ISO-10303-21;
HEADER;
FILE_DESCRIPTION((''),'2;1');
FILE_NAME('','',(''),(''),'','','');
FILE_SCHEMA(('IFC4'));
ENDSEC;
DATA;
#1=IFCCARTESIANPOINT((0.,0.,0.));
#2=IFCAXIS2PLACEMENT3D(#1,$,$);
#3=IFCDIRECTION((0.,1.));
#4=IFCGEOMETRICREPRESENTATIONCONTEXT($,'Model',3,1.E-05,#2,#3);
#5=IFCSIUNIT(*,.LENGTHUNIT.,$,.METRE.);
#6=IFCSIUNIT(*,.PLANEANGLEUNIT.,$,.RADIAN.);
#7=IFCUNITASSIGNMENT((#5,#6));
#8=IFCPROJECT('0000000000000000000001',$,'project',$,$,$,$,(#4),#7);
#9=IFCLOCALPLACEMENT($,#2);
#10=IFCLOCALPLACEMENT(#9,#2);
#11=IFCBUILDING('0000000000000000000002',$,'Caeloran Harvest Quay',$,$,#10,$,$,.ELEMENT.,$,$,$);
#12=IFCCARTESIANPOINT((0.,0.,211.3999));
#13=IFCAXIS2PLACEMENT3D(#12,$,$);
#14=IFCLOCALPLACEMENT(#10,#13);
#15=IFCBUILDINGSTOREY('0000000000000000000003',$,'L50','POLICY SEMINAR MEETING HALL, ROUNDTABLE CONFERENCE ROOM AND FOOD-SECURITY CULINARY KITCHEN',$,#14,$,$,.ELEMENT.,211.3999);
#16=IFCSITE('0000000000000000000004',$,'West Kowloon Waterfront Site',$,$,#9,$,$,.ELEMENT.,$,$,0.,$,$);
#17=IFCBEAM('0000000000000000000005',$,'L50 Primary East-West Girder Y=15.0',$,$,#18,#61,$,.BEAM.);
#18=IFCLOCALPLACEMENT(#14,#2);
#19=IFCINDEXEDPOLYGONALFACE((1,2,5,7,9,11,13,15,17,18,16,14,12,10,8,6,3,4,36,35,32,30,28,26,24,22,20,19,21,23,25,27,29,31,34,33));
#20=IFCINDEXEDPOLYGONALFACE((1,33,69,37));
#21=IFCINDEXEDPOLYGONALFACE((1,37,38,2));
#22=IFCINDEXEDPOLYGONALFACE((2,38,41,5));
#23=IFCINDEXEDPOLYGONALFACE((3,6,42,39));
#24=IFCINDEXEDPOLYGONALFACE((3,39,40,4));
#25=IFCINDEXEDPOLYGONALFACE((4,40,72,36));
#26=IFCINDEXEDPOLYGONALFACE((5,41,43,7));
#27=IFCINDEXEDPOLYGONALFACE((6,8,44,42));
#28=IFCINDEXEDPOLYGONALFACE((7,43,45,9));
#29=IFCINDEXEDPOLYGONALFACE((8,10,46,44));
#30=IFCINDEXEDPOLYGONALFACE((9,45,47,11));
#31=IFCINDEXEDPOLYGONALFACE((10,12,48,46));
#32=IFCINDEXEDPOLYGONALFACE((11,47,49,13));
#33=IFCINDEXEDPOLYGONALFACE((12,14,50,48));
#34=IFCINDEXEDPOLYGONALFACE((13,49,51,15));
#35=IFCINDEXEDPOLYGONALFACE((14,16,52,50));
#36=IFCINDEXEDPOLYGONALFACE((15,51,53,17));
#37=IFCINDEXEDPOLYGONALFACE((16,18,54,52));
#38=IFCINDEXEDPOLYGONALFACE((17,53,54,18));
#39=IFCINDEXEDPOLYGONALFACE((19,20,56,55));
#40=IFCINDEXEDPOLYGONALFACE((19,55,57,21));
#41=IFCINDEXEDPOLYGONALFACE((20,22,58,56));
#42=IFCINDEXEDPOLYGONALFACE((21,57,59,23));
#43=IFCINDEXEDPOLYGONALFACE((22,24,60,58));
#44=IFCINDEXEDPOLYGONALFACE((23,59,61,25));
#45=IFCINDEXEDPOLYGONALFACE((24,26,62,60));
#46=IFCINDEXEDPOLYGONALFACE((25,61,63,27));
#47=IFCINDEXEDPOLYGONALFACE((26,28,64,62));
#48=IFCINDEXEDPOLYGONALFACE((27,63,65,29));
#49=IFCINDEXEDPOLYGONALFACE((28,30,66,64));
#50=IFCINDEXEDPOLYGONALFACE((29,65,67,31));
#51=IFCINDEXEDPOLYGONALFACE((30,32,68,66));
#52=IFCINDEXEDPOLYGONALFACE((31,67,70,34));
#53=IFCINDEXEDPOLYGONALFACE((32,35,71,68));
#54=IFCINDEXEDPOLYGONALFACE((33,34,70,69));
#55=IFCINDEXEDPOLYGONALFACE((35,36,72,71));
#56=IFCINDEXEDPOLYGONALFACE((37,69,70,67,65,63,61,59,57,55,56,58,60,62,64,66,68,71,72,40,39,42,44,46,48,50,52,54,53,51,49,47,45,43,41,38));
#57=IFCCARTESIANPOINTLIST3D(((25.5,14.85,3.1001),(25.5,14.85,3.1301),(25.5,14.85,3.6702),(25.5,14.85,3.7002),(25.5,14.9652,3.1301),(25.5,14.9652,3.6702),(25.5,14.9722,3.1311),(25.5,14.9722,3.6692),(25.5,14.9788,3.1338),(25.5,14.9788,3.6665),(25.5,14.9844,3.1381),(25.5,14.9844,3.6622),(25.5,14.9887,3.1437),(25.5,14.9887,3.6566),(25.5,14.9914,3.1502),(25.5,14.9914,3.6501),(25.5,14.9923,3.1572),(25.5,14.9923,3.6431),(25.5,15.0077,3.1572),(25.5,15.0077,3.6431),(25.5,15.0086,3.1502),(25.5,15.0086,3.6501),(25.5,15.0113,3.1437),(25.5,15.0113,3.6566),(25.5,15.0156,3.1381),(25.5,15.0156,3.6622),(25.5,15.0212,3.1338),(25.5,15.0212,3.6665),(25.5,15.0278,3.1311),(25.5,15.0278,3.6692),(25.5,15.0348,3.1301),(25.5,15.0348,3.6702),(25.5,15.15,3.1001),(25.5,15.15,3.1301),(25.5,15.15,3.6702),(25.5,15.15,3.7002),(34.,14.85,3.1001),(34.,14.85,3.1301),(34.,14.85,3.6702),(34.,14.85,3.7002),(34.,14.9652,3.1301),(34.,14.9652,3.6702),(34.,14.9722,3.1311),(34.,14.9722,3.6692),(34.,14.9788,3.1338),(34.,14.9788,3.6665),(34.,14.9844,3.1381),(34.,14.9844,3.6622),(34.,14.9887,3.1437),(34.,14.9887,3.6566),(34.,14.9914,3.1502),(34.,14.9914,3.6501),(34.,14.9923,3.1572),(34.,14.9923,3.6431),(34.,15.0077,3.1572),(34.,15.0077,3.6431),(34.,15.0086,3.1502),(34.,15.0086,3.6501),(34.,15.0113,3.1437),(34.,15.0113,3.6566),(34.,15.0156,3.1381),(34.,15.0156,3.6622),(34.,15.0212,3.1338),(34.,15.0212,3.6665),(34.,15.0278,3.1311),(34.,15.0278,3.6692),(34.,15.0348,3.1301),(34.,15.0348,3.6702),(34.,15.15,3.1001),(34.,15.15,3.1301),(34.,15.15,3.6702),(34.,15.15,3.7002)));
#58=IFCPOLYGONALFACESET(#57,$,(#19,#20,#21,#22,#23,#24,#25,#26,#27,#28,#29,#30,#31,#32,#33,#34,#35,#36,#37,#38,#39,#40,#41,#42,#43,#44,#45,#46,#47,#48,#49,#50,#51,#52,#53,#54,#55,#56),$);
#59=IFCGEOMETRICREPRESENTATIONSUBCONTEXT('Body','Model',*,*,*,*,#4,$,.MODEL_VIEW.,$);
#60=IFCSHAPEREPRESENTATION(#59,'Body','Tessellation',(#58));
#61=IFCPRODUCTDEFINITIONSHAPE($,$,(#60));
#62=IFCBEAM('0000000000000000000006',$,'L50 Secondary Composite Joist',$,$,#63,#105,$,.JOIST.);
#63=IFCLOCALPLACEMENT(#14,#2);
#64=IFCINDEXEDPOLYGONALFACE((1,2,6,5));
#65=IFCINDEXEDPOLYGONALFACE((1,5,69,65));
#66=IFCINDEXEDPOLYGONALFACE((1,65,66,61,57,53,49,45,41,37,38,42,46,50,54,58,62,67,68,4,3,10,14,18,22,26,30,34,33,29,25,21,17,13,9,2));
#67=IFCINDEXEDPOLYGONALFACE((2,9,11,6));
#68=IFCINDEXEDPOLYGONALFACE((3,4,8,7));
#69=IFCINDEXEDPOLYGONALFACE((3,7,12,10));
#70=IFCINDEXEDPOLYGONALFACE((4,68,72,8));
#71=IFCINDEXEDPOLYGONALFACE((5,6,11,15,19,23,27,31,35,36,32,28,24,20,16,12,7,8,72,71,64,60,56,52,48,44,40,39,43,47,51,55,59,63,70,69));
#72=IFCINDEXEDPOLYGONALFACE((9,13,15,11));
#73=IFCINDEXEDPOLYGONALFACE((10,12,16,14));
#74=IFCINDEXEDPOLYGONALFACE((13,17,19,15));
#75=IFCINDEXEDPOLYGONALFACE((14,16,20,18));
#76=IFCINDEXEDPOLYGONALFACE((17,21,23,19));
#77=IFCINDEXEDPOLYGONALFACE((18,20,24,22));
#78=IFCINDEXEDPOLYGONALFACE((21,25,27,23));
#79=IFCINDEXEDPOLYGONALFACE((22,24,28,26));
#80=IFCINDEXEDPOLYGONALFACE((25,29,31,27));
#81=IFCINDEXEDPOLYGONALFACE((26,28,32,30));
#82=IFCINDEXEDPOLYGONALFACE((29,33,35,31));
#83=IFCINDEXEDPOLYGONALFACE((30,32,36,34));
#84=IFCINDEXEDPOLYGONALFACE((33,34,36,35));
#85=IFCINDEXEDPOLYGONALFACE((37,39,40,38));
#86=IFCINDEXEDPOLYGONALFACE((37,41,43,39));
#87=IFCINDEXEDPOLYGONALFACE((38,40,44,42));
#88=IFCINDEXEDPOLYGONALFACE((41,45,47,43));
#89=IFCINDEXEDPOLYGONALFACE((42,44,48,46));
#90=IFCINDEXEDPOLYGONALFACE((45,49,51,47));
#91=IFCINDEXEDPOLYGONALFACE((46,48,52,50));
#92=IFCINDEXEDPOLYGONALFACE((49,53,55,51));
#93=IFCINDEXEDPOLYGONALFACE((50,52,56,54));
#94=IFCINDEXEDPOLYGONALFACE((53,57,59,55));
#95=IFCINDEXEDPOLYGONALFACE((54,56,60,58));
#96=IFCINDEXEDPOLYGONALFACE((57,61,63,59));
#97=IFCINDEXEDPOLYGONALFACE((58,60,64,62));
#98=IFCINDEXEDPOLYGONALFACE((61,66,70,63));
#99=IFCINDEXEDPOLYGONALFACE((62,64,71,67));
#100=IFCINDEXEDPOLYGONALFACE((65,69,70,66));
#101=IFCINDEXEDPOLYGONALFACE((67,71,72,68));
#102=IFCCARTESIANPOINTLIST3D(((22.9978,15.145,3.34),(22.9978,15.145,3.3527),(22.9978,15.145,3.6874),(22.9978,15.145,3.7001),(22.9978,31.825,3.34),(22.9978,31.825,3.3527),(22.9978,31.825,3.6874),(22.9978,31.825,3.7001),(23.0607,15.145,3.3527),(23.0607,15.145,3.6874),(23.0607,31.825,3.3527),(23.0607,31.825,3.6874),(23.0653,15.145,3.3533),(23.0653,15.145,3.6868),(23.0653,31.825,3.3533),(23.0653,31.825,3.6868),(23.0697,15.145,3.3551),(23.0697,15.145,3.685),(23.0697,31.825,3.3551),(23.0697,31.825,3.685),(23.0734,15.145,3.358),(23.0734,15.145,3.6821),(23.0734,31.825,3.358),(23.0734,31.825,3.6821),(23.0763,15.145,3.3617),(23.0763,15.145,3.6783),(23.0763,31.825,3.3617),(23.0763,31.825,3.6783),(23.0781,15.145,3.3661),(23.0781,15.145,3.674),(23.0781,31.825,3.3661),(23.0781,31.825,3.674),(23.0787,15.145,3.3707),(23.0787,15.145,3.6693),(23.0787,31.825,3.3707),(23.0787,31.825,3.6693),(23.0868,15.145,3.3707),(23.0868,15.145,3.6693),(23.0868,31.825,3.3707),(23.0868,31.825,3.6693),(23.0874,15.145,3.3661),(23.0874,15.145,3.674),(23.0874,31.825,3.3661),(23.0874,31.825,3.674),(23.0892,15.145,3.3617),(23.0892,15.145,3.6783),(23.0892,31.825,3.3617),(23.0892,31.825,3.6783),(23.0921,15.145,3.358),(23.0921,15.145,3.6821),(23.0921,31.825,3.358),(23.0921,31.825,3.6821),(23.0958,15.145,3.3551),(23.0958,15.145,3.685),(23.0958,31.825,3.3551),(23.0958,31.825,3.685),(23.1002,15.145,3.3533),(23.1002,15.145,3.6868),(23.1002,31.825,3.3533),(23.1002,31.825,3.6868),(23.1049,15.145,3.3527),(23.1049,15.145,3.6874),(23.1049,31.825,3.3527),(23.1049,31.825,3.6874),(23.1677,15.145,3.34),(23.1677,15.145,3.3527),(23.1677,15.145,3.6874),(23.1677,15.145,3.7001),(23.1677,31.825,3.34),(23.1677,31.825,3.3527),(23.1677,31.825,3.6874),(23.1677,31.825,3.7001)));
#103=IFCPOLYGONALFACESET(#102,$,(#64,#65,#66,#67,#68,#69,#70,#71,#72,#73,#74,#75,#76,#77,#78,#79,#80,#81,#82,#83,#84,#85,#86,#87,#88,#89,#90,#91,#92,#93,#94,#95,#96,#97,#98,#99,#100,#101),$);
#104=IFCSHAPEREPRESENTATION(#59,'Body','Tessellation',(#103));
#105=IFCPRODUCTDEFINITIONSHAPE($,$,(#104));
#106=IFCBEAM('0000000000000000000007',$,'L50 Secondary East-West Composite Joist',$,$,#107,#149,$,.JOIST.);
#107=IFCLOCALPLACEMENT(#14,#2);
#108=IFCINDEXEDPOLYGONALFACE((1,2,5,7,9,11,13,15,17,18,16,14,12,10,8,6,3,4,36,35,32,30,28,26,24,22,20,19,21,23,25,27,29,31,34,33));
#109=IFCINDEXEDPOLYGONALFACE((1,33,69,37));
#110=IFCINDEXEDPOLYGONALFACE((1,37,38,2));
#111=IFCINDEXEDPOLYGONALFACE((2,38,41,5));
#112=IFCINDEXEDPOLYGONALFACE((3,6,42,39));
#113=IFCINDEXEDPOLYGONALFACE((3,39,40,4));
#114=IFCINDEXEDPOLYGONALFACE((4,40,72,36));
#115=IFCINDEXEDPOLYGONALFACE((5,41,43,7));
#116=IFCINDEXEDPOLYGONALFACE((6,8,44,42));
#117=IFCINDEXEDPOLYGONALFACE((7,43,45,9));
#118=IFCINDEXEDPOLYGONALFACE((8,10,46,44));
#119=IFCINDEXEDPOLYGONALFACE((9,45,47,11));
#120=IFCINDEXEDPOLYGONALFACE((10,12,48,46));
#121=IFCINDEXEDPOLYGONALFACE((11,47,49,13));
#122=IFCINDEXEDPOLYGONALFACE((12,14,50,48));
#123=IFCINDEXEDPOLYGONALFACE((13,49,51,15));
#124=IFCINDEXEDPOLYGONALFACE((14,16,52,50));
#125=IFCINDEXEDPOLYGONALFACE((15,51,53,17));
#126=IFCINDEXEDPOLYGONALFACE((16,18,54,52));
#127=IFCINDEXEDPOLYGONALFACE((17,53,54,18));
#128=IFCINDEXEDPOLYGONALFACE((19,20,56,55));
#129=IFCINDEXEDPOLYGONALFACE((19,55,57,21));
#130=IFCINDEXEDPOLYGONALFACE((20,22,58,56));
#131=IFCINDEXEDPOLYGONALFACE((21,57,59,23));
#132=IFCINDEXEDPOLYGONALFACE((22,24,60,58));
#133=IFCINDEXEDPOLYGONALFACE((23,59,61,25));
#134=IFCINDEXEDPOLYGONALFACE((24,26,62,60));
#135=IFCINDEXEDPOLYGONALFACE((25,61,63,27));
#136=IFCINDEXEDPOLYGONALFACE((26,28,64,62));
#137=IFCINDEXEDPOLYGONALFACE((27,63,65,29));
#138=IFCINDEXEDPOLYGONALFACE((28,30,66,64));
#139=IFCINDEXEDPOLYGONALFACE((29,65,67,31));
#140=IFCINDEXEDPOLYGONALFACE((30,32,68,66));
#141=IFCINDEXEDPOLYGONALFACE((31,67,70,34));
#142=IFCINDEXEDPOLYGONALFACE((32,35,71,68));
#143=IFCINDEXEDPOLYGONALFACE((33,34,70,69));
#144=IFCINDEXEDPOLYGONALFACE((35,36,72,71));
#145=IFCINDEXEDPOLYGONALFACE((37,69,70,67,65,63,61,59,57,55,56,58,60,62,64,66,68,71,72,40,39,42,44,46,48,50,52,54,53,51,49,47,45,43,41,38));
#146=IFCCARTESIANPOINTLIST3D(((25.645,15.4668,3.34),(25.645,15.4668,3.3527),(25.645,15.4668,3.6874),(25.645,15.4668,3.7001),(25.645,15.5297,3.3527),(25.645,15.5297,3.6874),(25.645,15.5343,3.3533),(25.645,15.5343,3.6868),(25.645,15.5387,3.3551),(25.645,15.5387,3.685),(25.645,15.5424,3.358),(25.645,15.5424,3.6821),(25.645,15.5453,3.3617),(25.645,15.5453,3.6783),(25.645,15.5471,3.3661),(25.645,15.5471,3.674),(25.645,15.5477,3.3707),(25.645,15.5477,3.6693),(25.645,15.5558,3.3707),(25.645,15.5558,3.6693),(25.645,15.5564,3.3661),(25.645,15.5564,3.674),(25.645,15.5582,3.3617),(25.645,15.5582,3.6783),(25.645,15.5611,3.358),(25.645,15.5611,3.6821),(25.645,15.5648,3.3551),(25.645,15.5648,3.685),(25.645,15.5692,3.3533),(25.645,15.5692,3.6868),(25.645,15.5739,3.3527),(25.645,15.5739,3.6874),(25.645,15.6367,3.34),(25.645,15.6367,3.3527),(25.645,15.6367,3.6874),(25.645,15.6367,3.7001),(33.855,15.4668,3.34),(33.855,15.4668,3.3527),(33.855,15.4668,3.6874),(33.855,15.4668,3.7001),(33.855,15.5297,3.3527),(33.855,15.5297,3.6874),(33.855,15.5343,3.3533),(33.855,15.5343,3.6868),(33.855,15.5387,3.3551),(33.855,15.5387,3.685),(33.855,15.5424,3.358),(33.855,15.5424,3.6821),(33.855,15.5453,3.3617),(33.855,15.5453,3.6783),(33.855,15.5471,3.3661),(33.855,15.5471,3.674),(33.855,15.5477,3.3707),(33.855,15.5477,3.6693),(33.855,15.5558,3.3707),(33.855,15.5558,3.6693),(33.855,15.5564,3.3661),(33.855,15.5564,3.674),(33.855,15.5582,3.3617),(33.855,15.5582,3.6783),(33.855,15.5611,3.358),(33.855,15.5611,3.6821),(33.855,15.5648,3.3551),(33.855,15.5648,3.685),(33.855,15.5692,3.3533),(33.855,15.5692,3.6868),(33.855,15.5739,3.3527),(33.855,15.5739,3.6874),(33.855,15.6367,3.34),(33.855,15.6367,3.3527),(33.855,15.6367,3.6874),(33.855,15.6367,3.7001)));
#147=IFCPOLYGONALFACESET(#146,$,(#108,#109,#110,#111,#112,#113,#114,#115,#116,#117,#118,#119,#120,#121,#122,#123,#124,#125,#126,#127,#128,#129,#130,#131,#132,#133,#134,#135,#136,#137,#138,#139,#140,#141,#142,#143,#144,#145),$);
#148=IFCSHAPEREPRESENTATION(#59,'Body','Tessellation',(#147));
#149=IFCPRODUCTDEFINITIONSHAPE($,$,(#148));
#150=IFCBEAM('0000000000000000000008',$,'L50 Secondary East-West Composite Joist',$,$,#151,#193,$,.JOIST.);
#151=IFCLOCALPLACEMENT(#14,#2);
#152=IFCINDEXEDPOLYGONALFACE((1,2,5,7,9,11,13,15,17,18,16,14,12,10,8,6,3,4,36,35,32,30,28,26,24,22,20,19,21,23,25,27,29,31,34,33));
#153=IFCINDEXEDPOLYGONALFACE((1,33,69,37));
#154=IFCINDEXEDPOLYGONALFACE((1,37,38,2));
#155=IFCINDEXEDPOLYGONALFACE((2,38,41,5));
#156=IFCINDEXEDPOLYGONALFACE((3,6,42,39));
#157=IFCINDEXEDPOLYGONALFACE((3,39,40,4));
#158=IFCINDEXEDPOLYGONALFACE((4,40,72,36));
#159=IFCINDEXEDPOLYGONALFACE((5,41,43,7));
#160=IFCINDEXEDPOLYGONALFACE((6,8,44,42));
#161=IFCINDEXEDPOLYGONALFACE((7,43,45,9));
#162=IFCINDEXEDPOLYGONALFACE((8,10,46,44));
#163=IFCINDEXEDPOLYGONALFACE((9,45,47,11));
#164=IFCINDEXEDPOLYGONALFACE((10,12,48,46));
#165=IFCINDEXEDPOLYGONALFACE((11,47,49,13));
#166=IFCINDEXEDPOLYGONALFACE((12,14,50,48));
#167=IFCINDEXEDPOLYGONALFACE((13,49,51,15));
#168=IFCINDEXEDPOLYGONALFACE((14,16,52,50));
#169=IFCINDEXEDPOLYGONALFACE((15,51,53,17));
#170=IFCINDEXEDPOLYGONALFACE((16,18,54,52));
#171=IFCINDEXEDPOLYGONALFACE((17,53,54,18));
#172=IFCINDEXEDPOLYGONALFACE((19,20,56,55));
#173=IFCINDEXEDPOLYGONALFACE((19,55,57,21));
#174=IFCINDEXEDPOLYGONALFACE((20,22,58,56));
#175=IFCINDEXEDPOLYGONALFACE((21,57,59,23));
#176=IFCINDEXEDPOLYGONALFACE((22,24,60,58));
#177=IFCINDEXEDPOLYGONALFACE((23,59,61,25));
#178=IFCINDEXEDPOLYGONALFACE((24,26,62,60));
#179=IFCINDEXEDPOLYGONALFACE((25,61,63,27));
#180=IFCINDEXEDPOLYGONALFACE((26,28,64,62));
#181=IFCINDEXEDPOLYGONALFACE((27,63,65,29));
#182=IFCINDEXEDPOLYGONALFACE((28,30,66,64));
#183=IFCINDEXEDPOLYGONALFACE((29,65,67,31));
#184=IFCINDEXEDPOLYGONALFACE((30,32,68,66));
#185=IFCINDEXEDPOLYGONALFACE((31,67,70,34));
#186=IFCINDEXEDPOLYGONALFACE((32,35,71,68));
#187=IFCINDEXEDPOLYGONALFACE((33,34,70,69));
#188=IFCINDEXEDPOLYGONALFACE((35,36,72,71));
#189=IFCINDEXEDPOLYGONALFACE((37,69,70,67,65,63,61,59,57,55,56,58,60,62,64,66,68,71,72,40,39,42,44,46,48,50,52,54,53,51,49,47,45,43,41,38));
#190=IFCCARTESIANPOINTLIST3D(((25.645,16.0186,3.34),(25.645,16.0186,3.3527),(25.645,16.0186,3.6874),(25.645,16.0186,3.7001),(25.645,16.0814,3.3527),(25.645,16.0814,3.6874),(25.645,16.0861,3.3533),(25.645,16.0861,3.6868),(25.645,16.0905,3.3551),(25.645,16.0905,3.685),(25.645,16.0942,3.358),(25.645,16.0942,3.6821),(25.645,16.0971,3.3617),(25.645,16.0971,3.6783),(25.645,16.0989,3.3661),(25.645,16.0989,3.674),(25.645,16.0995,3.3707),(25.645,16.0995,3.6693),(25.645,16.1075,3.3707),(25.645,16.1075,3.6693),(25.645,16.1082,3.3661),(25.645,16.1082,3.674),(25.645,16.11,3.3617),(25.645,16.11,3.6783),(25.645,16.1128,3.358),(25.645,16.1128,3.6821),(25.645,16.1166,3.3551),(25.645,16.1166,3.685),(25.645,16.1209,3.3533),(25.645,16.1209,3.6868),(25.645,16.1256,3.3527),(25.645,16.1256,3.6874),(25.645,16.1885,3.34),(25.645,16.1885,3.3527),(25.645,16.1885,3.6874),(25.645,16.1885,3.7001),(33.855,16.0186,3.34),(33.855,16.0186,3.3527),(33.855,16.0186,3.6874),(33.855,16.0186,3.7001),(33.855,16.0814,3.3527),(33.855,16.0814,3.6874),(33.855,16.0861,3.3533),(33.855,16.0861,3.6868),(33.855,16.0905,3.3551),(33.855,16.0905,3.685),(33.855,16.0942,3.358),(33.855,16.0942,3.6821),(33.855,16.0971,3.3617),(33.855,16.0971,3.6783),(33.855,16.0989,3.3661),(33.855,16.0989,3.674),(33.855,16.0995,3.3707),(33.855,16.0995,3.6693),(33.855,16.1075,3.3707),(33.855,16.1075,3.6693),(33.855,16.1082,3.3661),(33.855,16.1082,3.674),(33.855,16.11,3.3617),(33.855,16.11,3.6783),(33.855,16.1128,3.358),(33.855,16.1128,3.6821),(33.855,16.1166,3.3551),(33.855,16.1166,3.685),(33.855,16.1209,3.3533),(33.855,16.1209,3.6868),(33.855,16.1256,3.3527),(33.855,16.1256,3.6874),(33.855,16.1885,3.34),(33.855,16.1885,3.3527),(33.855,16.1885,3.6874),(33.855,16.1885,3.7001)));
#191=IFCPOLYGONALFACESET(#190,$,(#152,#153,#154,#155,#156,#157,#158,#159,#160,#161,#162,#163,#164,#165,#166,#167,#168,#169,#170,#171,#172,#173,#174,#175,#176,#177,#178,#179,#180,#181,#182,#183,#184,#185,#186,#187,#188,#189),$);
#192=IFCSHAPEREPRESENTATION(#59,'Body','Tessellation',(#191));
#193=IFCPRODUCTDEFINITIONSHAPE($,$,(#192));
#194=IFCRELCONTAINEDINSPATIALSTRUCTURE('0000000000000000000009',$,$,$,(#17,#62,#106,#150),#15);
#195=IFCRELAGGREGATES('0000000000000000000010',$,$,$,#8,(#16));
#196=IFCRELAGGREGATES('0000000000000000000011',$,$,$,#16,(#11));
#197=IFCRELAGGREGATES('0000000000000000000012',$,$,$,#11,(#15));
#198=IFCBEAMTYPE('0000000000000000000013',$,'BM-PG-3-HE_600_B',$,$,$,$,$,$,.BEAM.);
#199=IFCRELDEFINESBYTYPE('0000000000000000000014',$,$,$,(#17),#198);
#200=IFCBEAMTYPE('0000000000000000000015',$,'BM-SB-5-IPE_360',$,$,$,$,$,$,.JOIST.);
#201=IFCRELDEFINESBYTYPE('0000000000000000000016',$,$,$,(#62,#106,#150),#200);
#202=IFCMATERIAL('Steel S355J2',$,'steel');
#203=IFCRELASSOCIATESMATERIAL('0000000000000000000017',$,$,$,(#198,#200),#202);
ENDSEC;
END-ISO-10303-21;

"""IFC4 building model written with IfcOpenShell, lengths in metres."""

from ifc_helpers import new_model, si_unit, direction, frame, origin, origin_2d, place, context, subcontext, project, spatial, i_section, extrude, material, material_profile, profile_set, type_object, element, save


model = new_model("IFC4")

# Units and contexts
model_context = context("Model", 3, precision=1e-05, world=origin(), true_north=direction((0.0, 1.0)))
body_context = subcontext(model_context, "Body", "Model", "MODEL_VIEW")
ifc_project = project(units=[si_unit("LENGTHUNIT", "METRE"), si_unit("PLANEANGLEUNIT", "RADIAN")], contexts=[model_context])

# Site, building, storey
site_placement = place(None, origin())
site = spatial("IfcSite", under=ifc_project, at=site_placement, Name="West Kowloon Waterfront Site", CompositionType="ELEMENT", RefElevation=0.0)
building_placement = place(site_placement, origin())
building = spatial("IfcBuilding", under=site, at=building_placement, Name="Caeloran Harvest Quay", CompositionType="ELEMENT")
storey_placement = place(building_placement, frame((0.0, 0.0, 211.3999)))
storey = spatial("IfcBuildingStorey", under=building, at=storey_placement, Name="L50", Description="POLICY SEMINAR MEETING HALL, ROUNDTABLE CONFERENCE ROOM AND FOOD-SECURITY CULINARY KITCHEN", CompositionType="ELEMENT", Elevation=211.3999)

# Beams
ifc_material_1 = material(Name="Steel S355J2", Category="steel")
ifc_material_profile_1 = material_profile(ifc_material_1, i_section(OverallWidth=0.3, OverallDepth=0.6001, WebThickness=0.0154, FlangeThickness=0.03, FilletRadius=0.0271, at=origin_2d()), Name="HE 600 B")
ifc_profile_set_1 = profile_set([ifc_material_profile_1], Name="Steel S355J2")
beam_type_1 = type_object("IfcBeamType", Name="BM-PG-3-HE_600_B", PredefinedType="BEAM", material=ifc_profile_set_1)
beam_1_placement = place(storey_placement, frame((25.5, 15.0, 3.4001), z_axis=(1.0, 0.0, 0.0), x_axis=(0.0, 1.0, 0.0)))
element("IfcBeam", 1, at=beam_1_placement, inside=storey, type_object=beam_type_1, Name="L50 Primary East-West Girder Y=15.0", PredefinedType="BEAM", context=body_context, shape_type="SweptSolid", body=[
    extrude(i_section(OverallWidth=0.3, OverallDepth=0.6001, WebThickness=0.0154, FlangeThickness=0.03, FilletRadius=0.0271, at=origin_2d()), origin(), (0.0, 0.0, 1.0), 8.5),
])
ifc_material_profile_2 = material_profile(ifc_material_1, i_section(OverallWidth=0.1699, OverallDepth=0.3601, WebThickness=0.0081, FlangeThickness=0.0127, FilletRadius=0.0181, at=origin_2d()), Name="IPE 360")
ifc_profile_set_2 = profile_set([ifc_material_profile_2], Name="Steel S355J2")
beam_type_2 = type_object("IfcBeamType", Name="BM-SB-5-IPE_360", PredefinedType="JOIST", material=ifc_profile_set_2)
beam_2_placement = place(storey_placement, frame((23.0828, 15.145, 3.52), z_axis=(0.0, 1.0, 0.0), x_axis=(-1.0, 0.0, 0.0)))
element("IfcBeam", 2, at=beam_2_placement, inside=storey, type_object=beam_type_2, Name="L50 Secondary Composite Joist", PredefinedType="JOIST", context=body_context, shape_type="SweptSolid", body=[
    extrude(i_section(OverallWidth=0.1699, OverallDepth=0.3601, WebThickness=0.0081, FlangeThickness=0.0127, FilletRadius=0.0181, at=origin_2d()), origin(), (0.0, 0.0, 1.0), 16.6799),
])
for number, where, z_axis, x_axis, name in (
    (3, (25.645, 15.5518, 3.52), (1.0, 0.0, 0.0), (0.0, 1.0, 0.0), "L50 Secondary East-West Composite Joist"),
    (4, (25.645, 16.1035, 3.52), (1.0, 0.0, 0.0), (0.0, 1.0, 0.0), "L50 Secondary East-West Composite Joist"),
):
    element("IfcBeam", number, at=place(storey_placement, frame(where, z_axis=z_axis, x_axis=x_axis)), inside=storey, type_object=beam_type_2, Name=name, PredefinedType="JOIST", context=body_context, shape_type="SweptSolid", body=[
        extrude(i_section(OverallWidth=0.1699, OverallDepth=0.3601, WebThickness=0.0081, FlangeThickness=0.0127, FilletRadius=0.0181, at=origin_2d()), origin(), (0.0, 0.0, 1.0), 8.21),
    ])

save(model, "model.ifc")
